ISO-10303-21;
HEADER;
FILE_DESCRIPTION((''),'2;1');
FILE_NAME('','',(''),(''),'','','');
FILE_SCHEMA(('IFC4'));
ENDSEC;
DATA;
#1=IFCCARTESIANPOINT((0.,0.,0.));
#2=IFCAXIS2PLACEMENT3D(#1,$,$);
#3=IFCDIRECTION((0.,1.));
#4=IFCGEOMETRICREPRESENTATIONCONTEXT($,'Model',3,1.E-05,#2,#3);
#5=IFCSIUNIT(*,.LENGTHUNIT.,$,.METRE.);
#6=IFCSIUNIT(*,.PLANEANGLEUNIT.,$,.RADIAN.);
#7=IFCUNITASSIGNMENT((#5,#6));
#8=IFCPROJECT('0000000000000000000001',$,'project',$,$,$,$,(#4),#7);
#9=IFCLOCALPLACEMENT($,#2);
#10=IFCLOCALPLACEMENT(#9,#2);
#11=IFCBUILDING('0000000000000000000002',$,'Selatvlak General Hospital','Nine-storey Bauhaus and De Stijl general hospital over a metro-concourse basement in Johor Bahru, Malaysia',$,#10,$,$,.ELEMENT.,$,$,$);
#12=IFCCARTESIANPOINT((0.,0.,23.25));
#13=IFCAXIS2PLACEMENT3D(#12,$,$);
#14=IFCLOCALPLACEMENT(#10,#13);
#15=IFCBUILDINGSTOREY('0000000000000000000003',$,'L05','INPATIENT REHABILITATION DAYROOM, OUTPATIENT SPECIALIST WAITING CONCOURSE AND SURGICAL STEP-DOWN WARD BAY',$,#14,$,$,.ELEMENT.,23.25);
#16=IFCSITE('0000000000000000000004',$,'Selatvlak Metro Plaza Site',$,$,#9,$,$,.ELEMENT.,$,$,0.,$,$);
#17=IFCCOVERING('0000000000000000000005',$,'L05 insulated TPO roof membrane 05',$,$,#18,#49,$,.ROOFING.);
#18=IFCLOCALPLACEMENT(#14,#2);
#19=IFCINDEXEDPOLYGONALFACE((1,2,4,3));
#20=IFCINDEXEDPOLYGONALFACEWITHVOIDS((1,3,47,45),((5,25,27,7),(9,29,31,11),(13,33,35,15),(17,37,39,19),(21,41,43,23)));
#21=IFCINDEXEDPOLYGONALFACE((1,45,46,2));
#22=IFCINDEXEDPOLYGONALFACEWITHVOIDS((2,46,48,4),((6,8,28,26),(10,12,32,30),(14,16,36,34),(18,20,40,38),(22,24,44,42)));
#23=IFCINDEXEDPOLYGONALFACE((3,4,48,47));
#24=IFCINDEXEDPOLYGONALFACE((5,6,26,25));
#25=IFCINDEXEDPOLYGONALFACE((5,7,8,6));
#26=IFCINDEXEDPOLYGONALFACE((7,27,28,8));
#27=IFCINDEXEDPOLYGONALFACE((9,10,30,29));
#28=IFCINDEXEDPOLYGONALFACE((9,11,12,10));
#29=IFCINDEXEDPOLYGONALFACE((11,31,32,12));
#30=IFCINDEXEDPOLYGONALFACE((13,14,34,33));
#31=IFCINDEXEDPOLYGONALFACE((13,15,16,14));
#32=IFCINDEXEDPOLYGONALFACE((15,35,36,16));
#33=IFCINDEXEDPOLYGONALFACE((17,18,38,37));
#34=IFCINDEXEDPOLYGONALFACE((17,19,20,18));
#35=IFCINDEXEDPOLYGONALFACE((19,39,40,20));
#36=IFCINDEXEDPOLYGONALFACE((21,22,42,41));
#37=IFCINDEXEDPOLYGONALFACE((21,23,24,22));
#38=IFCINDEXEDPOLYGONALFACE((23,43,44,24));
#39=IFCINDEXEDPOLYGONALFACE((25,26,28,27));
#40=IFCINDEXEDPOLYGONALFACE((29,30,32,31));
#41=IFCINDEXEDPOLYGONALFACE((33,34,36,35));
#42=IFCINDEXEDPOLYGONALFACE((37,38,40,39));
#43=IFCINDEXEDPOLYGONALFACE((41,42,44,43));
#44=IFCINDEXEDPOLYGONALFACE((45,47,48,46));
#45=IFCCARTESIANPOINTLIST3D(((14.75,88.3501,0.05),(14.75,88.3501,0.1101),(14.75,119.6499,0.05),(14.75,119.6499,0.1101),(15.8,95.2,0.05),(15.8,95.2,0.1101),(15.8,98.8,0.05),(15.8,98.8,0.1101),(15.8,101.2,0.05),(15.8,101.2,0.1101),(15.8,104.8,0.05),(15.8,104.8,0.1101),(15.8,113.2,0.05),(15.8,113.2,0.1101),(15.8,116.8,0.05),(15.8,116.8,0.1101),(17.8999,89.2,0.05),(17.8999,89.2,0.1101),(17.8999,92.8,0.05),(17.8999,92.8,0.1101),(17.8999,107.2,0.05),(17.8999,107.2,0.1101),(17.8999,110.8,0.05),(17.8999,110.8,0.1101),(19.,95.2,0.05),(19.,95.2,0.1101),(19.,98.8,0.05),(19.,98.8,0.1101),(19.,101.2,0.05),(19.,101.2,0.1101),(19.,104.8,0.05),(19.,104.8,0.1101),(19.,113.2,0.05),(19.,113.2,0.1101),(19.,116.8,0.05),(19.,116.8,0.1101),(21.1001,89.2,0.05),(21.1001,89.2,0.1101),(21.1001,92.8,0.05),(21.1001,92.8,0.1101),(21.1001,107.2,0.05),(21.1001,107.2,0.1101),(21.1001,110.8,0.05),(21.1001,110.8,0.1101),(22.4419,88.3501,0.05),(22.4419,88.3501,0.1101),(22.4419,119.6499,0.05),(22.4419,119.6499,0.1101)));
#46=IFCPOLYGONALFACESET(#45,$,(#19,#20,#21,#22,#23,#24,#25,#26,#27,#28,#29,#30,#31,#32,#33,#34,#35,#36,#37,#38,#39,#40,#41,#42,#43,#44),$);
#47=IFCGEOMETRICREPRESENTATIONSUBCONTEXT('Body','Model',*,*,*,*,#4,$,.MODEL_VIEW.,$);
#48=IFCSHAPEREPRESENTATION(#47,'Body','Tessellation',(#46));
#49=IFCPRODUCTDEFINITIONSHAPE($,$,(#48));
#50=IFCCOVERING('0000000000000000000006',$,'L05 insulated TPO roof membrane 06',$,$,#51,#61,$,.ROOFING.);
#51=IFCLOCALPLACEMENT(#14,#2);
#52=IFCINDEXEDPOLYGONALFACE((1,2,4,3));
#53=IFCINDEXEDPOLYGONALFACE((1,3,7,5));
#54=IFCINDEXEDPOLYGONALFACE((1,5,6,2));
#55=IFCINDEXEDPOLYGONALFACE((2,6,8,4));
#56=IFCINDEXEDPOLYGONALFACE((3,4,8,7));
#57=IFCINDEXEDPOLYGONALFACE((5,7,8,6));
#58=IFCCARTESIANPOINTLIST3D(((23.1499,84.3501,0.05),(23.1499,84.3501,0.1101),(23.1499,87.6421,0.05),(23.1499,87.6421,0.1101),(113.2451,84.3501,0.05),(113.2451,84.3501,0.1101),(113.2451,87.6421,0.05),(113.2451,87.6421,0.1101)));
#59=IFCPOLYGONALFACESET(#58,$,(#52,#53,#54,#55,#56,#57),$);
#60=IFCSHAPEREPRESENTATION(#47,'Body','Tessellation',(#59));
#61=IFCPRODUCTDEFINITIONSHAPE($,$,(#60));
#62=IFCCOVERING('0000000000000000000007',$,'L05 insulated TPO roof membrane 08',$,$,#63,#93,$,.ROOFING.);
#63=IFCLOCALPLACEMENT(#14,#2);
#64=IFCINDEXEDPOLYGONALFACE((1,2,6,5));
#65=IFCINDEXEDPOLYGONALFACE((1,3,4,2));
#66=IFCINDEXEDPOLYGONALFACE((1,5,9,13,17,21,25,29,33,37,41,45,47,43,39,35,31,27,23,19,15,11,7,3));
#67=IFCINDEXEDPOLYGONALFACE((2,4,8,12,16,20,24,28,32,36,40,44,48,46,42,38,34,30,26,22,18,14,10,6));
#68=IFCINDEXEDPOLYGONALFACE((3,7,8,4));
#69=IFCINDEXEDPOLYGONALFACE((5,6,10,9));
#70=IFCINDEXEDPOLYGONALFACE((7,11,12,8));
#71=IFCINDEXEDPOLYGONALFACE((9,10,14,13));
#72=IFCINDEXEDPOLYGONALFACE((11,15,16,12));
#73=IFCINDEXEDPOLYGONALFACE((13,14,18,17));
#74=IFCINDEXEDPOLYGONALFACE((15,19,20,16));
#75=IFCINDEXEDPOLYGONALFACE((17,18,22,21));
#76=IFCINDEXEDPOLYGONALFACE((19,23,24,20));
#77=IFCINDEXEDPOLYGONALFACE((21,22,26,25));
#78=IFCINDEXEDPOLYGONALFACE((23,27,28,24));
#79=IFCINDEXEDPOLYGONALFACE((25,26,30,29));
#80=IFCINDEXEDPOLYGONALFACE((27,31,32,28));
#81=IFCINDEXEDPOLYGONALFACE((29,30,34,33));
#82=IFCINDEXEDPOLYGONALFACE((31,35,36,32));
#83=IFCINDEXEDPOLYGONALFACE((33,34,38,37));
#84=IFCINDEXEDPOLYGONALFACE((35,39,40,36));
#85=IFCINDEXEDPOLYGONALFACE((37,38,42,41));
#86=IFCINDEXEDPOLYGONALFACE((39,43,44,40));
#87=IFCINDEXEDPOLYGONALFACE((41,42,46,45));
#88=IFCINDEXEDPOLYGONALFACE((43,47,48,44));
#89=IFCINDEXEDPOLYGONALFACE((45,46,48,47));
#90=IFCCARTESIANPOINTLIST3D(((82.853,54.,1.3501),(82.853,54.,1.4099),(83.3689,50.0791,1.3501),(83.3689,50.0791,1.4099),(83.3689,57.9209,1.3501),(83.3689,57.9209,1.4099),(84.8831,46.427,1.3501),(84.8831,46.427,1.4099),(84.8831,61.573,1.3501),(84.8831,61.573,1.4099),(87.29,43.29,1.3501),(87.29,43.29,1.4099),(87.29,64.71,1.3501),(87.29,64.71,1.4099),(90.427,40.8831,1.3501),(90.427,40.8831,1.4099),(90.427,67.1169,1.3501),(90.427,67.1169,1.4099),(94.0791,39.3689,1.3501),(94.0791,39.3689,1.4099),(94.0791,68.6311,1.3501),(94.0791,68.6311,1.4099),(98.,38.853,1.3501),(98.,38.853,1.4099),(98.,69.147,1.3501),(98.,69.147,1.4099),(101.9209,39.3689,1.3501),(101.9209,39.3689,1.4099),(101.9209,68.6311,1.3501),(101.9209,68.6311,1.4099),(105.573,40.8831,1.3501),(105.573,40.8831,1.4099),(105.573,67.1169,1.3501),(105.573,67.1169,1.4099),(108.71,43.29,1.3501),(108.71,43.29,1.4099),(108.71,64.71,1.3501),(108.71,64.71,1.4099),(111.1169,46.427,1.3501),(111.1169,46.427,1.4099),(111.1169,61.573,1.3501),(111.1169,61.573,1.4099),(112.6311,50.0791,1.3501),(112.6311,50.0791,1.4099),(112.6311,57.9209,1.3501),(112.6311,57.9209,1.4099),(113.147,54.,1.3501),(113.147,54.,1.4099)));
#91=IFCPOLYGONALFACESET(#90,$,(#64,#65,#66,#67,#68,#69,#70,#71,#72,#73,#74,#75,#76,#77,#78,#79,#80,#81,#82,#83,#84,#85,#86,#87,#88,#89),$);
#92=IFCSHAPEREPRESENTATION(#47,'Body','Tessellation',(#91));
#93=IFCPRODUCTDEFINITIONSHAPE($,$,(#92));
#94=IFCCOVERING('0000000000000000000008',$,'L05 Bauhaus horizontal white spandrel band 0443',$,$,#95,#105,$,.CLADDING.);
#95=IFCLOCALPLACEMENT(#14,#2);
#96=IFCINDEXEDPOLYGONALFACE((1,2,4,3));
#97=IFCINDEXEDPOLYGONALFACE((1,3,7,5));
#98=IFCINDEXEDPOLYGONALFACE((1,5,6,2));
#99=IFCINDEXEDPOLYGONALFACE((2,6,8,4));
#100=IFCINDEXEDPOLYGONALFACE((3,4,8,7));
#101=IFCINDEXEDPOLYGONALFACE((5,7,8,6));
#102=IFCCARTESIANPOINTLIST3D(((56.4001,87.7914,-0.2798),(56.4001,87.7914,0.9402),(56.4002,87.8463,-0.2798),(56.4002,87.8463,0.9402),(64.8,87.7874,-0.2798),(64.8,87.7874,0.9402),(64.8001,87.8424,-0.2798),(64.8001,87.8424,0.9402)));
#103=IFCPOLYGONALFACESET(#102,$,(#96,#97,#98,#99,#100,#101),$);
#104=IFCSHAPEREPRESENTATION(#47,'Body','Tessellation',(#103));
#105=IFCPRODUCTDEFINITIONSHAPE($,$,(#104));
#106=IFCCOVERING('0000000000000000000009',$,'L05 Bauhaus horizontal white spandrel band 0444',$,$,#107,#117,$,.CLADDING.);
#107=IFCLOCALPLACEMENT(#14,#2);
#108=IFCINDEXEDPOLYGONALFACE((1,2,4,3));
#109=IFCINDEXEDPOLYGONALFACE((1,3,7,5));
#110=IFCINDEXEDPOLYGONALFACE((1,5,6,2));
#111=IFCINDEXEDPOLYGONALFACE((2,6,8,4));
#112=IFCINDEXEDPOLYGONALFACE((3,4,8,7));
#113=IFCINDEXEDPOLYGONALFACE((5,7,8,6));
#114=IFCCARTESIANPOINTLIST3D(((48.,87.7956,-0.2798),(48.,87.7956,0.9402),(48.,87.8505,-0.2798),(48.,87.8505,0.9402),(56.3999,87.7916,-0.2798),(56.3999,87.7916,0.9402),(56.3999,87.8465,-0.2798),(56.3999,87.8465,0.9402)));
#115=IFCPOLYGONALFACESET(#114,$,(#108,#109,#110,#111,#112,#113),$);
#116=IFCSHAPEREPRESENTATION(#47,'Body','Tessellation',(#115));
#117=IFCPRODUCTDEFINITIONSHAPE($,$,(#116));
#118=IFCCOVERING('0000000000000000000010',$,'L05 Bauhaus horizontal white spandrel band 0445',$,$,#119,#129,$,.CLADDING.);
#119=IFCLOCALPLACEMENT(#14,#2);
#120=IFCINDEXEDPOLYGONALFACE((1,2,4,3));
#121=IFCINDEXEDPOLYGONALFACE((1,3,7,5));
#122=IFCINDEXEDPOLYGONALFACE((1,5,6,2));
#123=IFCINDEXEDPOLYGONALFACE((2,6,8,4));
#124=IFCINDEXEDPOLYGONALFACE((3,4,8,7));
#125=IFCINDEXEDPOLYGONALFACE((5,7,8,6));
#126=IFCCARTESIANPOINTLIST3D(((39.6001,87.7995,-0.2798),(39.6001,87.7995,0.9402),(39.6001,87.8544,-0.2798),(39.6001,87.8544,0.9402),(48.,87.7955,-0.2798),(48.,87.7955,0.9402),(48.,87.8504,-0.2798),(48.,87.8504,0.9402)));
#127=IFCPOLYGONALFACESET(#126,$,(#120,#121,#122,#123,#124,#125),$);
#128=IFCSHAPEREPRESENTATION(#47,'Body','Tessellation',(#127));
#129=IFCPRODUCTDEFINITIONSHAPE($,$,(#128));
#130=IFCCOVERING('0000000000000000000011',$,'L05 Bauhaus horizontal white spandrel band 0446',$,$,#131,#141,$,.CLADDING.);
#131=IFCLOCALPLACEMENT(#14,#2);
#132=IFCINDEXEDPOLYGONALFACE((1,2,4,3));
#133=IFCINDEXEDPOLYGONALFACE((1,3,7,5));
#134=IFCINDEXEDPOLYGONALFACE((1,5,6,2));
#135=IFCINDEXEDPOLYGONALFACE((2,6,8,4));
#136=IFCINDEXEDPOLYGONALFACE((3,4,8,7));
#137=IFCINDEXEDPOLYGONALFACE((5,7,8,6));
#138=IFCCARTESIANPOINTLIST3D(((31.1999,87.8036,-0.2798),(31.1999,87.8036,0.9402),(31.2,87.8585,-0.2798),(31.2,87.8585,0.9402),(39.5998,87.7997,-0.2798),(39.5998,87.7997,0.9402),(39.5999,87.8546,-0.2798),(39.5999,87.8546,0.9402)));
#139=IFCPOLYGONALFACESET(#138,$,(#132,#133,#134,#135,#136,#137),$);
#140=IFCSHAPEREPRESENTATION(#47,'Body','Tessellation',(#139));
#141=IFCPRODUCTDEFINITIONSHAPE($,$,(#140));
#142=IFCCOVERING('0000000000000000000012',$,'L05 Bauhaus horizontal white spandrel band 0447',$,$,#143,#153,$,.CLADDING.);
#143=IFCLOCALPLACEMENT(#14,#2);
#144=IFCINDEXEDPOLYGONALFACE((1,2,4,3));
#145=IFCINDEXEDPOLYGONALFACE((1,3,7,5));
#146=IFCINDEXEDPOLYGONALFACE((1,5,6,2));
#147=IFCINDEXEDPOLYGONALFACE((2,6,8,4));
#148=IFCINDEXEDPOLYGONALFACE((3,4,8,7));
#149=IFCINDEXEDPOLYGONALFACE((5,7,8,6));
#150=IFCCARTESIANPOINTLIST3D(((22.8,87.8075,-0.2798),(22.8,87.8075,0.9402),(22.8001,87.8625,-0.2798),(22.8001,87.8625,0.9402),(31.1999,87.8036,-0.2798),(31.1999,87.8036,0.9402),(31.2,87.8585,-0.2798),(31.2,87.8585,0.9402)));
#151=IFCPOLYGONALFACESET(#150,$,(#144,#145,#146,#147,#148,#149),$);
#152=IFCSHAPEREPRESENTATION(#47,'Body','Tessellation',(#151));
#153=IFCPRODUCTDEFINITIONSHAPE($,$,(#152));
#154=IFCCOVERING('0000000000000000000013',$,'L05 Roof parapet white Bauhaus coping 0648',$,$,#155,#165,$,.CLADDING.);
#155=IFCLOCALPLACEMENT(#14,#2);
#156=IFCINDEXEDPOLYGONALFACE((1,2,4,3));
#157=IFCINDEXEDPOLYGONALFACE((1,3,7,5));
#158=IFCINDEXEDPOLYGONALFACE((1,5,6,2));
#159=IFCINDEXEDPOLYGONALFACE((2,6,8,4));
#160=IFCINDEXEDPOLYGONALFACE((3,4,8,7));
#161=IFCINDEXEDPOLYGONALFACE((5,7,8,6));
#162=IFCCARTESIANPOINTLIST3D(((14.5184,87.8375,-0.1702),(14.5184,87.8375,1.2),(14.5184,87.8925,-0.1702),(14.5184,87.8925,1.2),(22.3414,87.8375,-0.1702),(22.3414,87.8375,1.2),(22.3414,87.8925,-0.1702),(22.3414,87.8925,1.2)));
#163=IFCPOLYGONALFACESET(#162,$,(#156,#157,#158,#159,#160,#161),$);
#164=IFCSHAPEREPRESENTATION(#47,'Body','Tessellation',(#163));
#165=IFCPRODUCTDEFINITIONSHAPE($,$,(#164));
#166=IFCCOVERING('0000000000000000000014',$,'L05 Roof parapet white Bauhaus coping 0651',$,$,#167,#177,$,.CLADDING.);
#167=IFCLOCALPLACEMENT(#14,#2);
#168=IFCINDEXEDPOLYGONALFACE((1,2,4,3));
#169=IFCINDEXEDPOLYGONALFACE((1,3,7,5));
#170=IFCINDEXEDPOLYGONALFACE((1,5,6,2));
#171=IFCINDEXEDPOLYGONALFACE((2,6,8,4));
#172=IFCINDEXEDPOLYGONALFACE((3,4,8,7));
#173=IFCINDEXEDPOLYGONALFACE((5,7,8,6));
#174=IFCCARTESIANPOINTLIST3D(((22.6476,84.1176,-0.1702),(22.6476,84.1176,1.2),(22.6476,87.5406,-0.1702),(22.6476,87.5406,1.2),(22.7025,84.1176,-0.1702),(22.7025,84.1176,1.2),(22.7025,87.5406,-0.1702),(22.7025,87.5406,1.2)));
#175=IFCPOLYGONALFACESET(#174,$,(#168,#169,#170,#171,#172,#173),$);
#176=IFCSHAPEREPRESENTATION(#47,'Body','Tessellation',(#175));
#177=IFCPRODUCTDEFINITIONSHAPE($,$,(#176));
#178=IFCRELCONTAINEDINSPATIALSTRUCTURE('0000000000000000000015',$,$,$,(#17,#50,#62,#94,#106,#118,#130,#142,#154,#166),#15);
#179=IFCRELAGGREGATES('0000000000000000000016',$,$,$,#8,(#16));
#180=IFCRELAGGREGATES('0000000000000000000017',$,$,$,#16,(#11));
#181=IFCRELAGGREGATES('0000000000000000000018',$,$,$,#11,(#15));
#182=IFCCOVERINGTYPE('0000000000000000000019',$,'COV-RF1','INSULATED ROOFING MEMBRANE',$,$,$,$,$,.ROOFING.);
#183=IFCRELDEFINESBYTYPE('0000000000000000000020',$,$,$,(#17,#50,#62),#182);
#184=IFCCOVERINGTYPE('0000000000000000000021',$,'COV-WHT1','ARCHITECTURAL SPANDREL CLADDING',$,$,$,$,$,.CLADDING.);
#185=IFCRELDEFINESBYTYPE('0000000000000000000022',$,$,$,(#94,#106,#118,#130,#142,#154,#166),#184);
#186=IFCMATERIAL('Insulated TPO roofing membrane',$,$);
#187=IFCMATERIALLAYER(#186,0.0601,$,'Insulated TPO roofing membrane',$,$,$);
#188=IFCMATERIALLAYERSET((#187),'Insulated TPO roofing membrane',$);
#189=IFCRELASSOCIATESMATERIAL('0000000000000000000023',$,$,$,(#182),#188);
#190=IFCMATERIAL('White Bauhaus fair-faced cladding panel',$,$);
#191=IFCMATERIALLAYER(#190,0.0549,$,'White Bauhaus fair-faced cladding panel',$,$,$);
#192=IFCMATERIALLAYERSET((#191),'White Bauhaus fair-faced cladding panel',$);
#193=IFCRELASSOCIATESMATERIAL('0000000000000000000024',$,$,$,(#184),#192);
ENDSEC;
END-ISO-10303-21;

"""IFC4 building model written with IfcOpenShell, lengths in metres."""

from ifc_helpers import new_model, si_unit, direction, frame, origin, origin_2d, place, context, subcontext, project, spatial, polyline, rectangle, outline, extrude, material, layer, layer_set, type_object, element, save


model = new_model("IFC4")

# Units and contexts
model_context = context("Model", 3, precision=1e-05, world=origin(), true_north=direction((0.0, 1.0)))
body_context = subcontext(model_context, "Body", "Model", "MODEL_VIEW")
ifc_project = project(units=[si_unit("LENGTHUNIT", "METRE"), si_unit("PLANEANGLEUNIT", "RADIAN")], contexts=[model_context])

# Site, building, storey
site_placement = place(None, origin())
site = spatial("IfcSite", under=ifc_project, at=site_placement, Name="Selatvlak Metro Plaza Site", CompositionType="ELEMENT", RefElevation=0.0)
building_placement = place(site_placement, origin())
building = spatial("IfcBuilding", under=site, at=building_placement, Name="Selatvlak General Hospital", Description="Nine-storey Bauhaus and De Stijl general hospital over a metro-concourse basement in Johor Bahru, Malaysia", CompositionType="ELEMENT")
storey_placement = place(building_placement, frame((0.0, 0.0, 23.25)))
storey = spatial("IfcBuildingStorey", under=building, at=storey_placement, Name="L05", Description="INPATIENT REHABILITATION DAYROOM, OUTPATIENT SPECIALIST WAITING CONCOURSE AND SURGICAL STEP-DOWN WARD BAY", CompositionType="ELEMENT", Elevation=23.25)

# Coverings
ifc_material_1 = material(Name="Insulated TPO roofing membrane")
ifc_layer_1 = layer(ifc_material_1, 0.0601, Name="Insulated TPO roofing membrane")
ifc_layer_set_1 = layer_set([ifc_layer_1], Name="Insulated TPO roofing membrane")
covering_type_1 = type_object("IfcCoveringType", Name="COV-RF1", Description="INSULATED ROOFING MEMBRANE", PredefinedType="ROOFING", material=ifc_layer_set_1)
covering_1_placement = place(storey_placement, frame((0.0, 0.0, 0.05)))
element("IfcCovering", 1, at=covering_1_placement, inside=storey, type_object=covering_type_1, Name="L05 insulated TPO roof membrane 05", PredefinedType="ROOFING", context=body_context, shape_type="SweptSolid", body=[
    extrude(outline(polyline([(14.75, 119.6499), (22.4419, 119.6499), (22.4419, 88.3501), (14.75, 88.3501), (14.75, 119.6499)]), holes=[polyline([(21.1001, 92.8), (17.8999, 92.8), (17.8999, 89.2), (21.1001, 89.2), (21.1001, 92.8)]), polyline([(19.0, 95.2), (19.0, 98.8), (15.8, 98.8), (15.8, 95.2), (19.0, 95.2)]), polyline([(15.8, 101.2), (19.0, 101.2), (19.0, 104.8), (15.8, 104.8), (15.8, 101.2)]), polyline([(17.8999, 110.8), (17.8999, 107.2), (21.1001, 107.2), (21.1001, 110.8), (17.8999, 110.8)]), polyline([(19.0, 116.8), (15.8, 116.8), (15.8, 113.2), (19.0, 113.2), (19.0, 116.8)])]), origin(), (0.0, 0.0, 1.0), 0.0601),
])
covering_2_placement = place(storey_placement, frame((0.0, 0.0, 0.05)))
element("IfcCovering", 2, at=covering_2_placement, inside=storey, type_object=covering_type_1, Name="L05 insulated TPO roof membrane 06", PredefinedType="ROOFING", context=body_context, shape_type="SweptSolid", body=[
    extrude(outline(polyline([(23.1499, 87.6421), (113.2451, 87.6421), (113.2451, 84.3501), (23.1499, 84.3501), (23.1499, 87.6421)])), origin(), (0.0, 0.0, 1.0), 0.0601),
])
covering_3_placement = place(storey_placement, frame((0.0, 0.0, 1.3501)))
element("IfcCovering", 3, at=covering_3_placement, inside=storey, type_object=covering_type_1, Name="L05 insulated TPO roof membrane 08", PredefinedType="ROOFING", context=body_context, shape_type="SweptSolid", body=[
    extrude(outline(polyline([(113.147, 54.0), (112.6311, 50.0791), (111.1169, 46.427), (108.71, 43.29), (105.573, 40.8831), (101.9209, 39.3689), (98.0, 38.853), (94.0791, 39.3689), (90.427, 40.8831), (87.29, 43.29), (84.8831, 46.427), (83.3689, 50.0791), (82.853, 54.0), (83.3689, 57.9209), (84.8831, 61.573), (87.29, 64.71), (90.427, 67.1169), (94.0791, 68.6311), (98.0, 69.147), (101.9209, 68.6311), (105.573, 67.1169), (108.71, 64.71), (111.1169, 61.573), (112.6311, 57.9209), (113.147, 54.0)])), origin(), (0.0, 0.0, 1.0), 0.0598),
])
ifc_material_2 = material(Name="White Bauhaus fair-faced cladding panel")
ifc_layer_2 = layer(ifc_material_2, 0.0549, Name="White Bauhaus fair-faced cladding panel")
ifc_layer_set_2 = layer_set([ifc_layer_2], Name="White Bauhaus fair-faced cladding panel")
covering_type_2 = type_object("IfcCoveringType", Name="COV-WHT1", Description="ARCHITECTURAL SPANDREL CLADDING", PredefinedType="CLADDING", material=ifc_layer_set_2)
for number, where, z_axis, x_axis, name in (
    (4, (60.6001, 87.8169, -0.2798), (0.0, 0.0, 1.0), (-1.0, 0.000471, 0.0), "L05 Bauhaus horizontal white spandrel band 0443"),
    (5, (52.2, 87.821, -0.2798), (0.0, 0.0, 1.0), (-1.0, 0.000471, 0.0), "L05 Bauhaus horizontal white spandrel band 0444"),
    (6, (43.8, 87.825, -0.2798), (0.0, 0.0, 1.0), (-1.0, 0.000471, 0.0), "L05 Bauhaus horizontal white spandrel band 0445"),
    (7, (35.3999, 87.8291, -0.2798), (0.0, 0.0, 1.0), (-1.0, 0.000471, 0.0), "L05 Bauhaus horizontal white spandrel band 0446"),
    (8, (27.0, 87.833, -0.2798), (0.0, 0.0, 1.0), (-1.0, 0.000471, 0.0), "L05 Bauhaus horizontal white spandrel band 0447"),
):
    element("IfcCovering", number, at=place(storey_placement, frame(where, z_axis=z_axis, x_axis=x_axis)), inside=storey, type_object=covering_type_2, Name=name, PredefinedType="CLADDING", context=body_context, shape_type="SweptSolid", body=[
        extrude(rectangle(XDim=8.3999, YDim=0.0549, at=origin_2d()), origin(), (0.0, 0.0, 1.0), 1.22),
    ])
covering_4_placement = place(storey_placement, frame((18.4299, 87.865, -0.1702), z_axis=(0.0, 0.0, 1.0), x_axis=(-1.0, 0.0, 0.0)))
element("IfcCovering", 9, at=covering_4_placement, inside=storey, type_object=covering_type_2, Name="L05 Roof parapet white Bauhaus coping 0648", PredefinedType="CLADDING", context=body_context, shape_type="SweptSolid", body=[
    extrude(rectangle(XDim=7.823, YDim=0.0549, at=origin_2d()), origin(), (0.0, 0.0, 1.0), 1.3701),
])
covering_5_placement = place(storey_placement, frame((22.675, 85.8291, -0.1702), z_axis=(0.0, 0.0, 1.0), x_axis=(0.0, 1.0, 0.0)))
element("IfcCovering", 10, at=covering_5_placement, inside=storey, type_object=covering_type_2, Name="L05 Roof parapet white Bauhaus coping 0651", PredefinedType="CLADDING", context=body_context, shape_type="SweptSolid", body=[
    extrude(rectangle(XDim=3.4231, YDim=0.0549, at=origin_2d()), origin(), (0.0, 0.0, 1.0), 1.3701),
])

save(model, "model.ifc")
